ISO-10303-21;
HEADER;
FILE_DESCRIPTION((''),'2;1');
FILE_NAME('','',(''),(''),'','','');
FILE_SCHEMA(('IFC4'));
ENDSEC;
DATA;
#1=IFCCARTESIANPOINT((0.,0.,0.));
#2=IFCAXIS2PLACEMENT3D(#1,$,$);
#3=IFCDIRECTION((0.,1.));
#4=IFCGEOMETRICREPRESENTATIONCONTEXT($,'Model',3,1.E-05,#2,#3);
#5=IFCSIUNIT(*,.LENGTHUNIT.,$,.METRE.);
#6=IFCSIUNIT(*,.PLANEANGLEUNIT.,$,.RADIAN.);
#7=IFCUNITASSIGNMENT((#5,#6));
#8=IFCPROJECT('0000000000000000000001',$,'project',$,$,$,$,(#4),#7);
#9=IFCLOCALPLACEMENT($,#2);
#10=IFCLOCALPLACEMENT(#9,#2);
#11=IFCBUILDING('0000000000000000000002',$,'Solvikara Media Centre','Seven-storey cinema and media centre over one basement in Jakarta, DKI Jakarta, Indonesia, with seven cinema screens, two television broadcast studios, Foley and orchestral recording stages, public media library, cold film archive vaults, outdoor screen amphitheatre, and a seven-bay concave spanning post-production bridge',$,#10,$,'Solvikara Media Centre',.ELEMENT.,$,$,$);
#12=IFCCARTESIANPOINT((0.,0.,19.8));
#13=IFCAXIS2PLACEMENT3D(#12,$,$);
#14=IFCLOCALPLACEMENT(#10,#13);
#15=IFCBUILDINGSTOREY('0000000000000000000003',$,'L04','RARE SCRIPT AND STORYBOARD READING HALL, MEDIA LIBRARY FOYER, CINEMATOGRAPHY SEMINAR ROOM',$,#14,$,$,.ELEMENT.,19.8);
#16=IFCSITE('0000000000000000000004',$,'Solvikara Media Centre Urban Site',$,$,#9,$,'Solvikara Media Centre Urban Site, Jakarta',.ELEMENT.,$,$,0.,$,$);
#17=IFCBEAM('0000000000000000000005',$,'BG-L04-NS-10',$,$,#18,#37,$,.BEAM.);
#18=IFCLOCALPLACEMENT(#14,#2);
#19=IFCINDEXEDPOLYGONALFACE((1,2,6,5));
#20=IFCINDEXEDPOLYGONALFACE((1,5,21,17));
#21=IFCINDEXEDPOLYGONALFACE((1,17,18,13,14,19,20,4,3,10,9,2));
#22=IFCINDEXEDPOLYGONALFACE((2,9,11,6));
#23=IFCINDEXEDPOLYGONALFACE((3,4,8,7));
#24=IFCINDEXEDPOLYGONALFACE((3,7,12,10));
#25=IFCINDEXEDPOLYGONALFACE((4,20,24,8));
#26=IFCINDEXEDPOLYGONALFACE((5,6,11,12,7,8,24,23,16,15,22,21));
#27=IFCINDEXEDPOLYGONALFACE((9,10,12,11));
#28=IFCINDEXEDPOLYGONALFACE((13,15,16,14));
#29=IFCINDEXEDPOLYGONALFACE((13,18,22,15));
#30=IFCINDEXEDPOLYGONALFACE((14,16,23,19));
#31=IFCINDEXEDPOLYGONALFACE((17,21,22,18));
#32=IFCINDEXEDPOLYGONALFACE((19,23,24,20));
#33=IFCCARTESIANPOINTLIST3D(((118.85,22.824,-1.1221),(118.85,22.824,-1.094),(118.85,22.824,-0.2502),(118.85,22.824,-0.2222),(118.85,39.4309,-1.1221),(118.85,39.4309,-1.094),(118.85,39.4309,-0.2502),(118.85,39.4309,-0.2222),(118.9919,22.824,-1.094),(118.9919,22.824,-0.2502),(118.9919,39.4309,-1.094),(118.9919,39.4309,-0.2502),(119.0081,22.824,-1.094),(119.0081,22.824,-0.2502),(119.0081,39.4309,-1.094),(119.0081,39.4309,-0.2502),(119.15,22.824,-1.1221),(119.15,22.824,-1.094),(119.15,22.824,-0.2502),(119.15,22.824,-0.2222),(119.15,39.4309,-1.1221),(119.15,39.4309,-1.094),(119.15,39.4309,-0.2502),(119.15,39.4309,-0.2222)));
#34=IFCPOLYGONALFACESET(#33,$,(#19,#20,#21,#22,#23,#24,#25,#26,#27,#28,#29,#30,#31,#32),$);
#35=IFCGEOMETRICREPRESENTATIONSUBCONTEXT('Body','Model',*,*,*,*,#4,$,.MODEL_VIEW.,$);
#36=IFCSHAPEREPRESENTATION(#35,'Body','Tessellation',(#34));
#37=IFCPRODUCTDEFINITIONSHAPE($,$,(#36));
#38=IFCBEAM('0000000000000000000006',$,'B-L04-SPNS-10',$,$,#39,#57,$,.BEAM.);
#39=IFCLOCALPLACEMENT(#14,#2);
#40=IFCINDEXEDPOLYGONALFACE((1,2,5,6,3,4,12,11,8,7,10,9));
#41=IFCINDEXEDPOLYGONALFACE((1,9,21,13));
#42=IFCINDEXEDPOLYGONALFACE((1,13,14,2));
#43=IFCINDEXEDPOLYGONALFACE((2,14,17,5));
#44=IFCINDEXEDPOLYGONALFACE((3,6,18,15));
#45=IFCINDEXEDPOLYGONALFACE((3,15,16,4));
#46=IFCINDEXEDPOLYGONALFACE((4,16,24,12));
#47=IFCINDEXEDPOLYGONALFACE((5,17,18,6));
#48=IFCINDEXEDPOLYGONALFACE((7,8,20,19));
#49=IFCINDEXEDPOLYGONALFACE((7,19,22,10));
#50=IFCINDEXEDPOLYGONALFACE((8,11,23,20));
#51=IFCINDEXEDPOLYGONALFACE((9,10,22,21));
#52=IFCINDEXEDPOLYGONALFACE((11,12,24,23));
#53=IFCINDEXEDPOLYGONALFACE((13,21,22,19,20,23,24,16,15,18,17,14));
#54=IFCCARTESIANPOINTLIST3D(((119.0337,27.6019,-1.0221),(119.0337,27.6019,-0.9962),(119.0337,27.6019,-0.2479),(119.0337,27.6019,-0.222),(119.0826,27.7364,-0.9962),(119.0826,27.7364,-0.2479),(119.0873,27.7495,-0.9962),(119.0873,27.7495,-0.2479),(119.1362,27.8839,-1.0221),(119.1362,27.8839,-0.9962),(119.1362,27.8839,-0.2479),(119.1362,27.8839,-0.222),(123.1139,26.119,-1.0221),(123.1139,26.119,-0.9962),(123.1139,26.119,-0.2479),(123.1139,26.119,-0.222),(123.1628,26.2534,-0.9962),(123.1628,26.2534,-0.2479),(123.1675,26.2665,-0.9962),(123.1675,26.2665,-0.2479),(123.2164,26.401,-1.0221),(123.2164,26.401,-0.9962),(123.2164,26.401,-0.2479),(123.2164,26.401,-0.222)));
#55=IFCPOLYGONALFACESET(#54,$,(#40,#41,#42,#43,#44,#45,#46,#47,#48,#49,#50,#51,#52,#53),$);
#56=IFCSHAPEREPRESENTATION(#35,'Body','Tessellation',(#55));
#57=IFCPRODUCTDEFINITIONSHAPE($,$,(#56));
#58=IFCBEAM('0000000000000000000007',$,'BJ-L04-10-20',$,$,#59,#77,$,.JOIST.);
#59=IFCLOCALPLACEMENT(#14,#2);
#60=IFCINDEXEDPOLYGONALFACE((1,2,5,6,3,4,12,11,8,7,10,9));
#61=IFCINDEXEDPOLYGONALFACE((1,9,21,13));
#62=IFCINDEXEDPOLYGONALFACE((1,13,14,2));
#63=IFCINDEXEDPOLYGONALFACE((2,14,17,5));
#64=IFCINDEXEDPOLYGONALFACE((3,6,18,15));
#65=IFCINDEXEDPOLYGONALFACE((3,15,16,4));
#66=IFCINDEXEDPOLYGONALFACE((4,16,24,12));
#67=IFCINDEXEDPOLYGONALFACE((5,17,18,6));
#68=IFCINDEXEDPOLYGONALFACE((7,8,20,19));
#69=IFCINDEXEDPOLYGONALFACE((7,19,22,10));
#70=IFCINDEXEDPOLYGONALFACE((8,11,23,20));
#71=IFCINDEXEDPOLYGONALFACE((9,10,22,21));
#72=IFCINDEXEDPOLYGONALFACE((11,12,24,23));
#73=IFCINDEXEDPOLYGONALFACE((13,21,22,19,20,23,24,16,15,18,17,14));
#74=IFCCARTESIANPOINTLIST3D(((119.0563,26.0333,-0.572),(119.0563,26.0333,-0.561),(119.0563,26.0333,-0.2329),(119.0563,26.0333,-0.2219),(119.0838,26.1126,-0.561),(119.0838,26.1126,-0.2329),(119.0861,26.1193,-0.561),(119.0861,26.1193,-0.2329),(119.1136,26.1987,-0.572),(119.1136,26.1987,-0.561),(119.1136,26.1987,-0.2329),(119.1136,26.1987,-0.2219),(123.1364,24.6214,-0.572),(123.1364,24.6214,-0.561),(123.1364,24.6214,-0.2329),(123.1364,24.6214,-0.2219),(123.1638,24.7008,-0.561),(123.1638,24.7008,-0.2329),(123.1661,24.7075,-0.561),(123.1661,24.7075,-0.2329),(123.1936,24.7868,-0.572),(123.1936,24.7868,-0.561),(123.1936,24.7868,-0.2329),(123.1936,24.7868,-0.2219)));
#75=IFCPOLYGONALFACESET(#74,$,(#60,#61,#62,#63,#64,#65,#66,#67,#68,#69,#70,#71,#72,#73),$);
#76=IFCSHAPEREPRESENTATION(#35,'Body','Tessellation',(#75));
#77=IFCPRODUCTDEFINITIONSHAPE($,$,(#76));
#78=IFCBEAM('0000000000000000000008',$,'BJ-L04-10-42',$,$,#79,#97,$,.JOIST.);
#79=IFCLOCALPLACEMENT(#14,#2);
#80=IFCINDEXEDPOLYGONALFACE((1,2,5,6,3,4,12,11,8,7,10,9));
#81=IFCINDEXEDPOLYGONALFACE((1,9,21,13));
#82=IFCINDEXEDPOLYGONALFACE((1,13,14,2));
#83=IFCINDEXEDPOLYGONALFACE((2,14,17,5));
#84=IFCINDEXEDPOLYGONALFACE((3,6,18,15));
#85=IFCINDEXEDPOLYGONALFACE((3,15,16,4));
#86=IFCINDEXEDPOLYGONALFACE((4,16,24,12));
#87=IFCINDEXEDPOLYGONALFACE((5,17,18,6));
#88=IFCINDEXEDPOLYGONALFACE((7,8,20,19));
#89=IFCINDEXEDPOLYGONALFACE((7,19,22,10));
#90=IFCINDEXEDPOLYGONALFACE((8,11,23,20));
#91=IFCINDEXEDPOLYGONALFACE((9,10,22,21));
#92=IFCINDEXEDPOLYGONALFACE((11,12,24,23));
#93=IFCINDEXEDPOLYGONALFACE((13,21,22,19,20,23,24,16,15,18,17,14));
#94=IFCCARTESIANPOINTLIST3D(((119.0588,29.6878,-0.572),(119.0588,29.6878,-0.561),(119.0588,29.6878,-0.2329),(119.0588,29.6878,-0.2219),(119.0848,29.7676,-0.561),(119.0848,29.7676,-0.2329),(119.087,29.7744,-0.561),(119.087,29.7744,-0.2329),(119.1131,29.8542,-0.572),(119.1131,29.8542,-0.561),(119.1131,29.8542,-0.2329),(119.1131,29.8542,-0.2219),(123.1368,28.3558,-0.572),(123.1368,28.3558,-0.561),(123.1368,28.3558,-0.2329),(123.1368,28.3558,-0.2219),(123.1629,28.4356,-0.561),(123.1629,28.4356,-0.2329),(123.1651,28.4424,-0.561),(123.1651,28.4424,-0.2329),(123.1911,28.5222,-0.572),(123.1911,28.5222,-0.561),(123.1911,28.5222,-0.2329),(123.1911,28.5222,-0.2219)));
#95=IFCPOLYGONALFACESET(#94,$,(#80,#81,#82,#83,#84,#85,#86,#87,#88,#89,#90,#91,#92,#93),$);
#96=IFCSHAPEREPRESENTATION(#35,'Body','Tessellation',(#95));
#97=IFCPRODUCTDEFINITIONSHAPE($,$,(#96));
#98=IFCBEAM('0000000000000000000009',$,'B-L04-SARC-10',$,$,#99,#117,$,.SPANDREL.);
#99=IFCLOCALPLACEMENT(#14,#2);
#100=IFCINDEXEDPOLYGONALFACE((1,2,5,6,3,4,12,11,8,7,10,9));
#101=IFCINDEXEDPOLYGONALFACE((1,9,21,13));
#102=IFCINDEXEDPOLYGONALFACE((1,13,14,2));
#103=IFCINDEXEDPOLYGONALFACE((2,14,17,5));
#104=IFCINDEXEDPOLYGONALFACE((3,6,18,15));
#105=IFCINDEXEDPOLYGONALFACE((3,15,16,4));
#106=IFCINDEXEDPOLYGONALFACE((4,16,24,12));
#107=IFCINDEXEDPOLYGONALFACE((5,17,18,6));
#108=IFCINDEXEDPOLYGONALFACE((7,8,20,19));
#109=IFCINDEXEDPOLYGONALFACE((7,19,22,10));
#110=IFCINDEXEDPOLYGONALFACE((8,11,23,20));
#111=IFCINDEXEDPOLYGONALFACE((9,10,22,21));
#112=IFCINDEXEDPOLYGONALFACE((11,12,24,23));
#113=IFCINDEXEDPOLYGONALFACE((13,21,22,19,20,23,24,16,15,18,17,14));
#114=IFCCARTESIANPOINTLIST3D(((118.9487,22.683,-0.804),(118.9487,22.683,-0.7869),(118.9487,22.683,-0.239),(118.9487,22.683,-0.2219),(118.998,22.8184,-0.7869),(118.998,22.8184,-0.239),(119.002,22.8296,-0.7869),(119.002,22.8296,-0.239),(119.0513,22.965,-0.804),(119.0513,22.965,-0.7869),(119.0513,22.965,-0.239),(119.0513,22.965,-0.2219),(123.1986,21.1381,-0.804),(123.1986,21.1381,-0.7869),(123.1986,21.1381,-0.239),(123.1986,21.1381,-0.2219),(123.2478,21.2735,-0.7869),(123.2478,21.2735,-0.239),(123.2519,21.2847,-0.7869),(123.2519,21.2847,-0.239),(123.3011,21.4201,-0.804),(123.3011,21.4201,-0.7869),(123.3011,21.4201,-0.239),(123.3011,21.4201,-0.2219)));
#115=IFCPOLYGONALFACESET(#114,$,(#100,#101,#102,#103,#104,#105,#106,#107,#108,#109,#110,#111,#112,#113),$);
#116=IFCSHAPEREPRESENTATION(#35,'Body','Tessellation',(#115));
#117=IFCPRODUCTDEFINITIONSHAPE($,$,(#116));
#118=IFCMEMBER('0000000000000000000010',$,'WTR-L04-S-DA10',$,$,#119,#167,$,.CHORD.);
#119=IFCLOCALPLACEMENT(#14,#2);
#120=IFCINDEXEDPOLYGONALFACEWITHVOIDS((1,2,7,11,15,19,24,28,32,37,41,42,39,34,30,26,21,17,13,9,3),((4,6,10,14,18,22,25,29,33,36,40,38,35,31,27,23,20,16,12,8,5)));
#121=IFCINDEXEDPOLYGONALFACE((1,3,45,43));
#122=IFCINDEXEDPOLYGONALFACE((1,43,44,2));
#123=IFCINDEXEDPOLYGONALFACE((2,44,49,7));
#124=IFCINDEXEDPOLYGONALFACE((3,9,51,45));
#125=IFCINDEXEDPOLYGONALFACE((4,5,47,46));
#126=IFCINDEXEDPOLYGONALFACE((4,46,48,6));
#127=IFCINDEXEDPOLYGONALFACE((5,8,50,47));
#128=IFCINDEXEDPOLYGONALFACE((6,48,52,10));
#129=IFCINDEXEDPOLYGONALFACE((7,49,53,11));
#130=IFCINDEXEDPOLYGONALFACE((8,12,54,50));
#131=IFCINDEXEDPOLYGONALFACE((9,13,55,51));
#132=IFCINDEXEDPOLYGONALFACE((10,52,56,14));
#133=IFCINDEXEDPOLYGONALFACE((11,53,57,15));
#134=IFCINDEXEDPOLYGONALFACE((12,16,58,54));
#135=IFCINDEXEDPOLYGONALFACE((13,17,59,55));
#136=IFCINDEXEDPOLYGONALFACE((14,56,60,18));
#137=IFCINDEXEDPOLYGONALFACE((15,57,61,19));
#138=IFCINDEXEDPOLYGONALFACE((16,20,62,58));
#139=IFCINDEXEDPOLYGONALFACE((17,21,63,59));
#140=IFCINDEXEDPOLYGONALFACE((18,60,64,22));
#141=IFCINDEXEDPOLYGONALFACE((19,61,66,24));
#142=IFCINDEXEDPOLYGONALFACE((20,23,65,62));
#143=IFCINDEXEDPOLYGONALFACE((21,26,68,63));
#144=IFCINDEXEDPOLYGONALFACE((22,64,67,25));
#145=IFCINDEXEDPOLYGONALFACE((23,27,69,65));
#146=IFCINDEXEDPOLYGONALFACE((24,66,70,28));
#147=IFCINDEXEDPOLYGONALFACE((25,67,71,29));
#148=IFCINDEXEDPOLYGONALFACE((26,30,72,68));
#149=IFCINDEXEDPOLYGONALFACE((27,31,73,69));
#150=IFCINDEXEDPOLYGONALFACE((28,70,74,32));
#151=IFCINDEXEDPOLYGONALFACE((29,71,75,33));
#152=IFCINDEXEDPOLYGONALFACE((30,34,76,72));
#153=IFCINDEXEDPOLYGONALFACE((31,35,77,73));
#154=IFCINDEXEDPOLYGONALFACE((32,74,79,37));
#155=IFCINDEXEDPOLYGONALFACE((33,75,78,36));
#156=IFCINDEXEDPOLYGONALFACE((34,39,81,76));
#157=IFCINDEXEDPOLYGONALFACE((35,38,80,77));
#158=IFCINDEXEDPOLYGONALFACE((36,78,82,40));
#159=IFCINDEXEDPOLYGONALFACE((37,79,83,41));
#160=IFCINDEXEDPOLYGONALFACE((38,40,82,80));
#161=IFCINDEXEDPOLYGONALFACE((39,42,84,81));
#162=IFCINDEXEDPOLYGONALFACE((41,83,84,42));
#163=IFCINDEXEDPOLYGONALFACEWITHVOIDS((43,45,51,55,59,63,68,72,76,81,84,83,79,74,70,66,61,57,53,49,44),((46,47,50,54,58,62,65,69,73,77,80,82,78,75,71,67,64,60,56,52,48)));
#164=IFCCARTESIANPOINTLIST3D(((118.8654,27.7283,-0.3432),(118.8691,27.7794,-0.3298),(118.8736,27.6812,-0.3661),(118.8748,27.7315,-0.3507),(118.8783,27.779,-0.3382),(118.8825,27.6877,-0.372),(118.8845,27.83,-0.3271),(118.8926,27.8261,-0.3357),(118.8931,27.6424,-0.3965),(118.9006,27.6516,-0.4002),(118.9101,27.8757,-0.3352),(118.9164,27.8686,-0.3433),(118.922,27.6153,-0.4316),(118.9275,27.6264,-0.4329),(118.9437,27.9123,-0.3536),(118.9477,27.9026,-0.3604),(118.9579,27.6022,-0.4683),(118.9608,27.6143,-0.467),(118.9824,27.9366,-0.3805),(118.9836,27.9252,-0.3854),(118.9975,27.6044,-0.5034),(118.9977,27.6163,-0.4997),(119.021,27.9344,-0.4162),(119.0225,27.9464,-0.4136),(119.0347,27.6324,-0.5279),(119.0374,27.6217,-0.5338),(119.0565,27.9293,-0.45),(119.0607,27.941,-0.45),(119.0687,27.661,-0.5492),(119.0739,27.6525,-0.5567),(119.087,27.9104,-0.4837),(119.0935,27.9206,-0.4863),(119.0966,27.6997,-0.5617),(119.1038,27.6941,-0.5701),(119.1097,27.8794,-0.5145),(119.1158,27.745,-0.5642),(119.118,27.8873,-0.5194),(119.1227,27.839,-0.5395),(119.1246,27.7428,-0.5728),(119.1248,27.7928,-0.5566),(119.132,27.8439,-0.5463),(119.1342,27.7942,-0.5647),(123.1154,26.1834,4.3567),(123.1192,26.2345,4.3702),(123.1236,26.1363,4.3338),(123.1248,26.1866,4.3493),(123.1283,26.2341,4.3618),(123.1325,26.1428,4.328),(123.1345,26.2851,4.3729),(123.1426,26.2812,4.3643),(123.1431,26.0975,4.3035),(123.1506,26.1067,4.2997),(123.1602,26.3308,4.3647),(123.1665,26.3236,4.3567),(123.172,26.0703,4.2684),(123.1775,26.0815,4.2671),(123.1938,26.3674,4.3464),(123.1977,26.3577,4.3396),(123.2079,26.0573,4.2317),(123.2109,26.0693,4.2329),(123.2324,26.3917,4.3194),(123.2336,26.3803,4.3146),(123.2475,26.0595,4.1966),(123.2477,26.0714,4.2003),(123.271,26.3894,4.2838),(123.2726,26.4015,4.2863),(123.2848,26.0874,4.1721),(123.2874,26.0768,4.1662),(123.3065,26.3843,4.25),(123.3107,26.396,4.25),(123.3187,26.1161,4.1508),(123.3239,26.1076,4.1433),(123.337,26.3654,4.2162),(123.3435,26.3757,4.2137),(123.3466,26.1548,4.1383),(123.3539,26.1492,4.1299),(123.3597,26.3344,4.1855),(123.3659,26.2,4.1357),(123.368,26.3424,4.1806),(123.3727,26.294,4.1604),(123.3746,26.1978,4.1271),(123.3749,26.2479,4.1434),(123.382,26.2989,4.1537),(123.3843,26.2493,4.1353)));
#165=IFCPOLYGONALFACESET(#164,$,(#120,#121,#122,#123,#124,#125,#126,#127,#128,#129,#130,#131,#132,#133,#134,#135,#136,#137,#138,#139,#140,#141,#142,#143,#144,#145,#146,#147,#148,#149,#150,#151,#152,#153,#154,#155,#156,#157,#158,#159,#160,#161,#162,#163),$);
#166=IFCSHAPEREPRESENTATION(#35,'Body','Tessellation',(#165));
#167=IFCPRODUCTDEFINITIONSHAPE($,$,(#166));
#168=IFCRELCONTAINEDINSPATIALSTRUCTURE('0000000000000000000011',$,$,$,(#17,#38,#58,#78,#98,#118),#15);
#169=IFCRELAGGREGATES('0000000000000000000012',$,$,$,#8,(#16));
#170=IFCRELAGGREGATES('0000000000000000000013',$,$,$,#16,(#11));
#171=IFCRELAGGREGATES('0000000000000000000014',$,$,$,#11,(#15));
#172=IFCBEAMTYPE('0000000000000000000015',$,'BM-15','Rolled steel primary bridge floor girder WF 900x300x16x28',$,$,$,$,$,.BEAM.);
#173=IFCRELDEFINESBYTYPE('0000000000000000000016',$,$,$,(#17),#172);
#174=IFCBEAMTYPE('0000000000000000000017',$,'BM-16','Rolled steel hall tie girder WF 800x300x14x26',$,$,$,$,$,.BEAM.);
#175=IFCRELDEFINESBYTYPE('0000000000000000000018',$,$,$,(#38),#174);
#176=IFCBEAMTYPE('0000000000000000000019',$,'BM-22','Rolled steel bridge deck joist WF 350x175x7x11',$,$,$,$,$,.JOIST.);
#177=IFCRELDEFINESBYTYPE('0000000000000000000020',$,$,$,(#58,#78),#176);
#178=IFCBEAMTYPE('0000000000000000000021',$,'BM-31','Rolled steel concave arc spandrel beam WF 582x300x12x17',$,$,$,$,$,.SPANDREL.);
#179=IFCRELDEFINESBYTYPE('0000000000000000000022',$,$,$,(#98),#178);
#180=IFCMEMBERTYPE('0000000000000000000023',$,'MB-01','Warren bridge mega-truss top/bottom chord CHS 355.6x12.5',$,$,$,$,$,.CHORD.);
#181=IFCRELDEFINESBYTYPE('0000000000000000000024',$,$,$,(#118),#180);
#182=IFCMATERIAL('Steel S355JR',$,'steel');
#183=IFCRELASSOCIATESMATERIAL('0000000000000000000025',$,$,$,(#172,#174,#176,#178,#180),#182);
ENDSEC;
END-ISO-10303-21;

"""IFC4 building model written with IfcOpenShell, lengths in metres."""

from ifc_helpers import new_model, si_unit, direction, frame, origin, origin_2d, place, context, subcontext, project, spatial, hollow_circle, i_section, extrude, material, material_profile, profile_set, type_object, element, save


model = new_model("IFC4")

# Units and contexts
model_context = context("Model", 3, precision=1e-05, world=origin(), true_north=direction((0.0, 1.0)))
body_context = subcontext(model_context, "Body", "Model", "MODEL_VIEW")
ifc_project = project(units=[si_unit("LENGTHUNIT", "METRE"), si_unit("PLANEANGLEUNIT", "RADIAN")], contexts=[model_context])

# Site, building, storey
site_placement = place(None, origin())
site = spatial("IfcSite", under=ifc_project, at=site_placement, Name="Solvikara Media Centre Urban Site", LongName="Solvikara Media Centre Urban Site, Jakarta", CompositionType="ELEMENT", RefElevation=0.0)
building_placement = place(site_placement, origin())
building = spatial("IfcBuilding", under=site, at=building_placement, Name="Solvikara Media Centre", Description="Seven-storey cinema and media centre over one basement in Jakarta, DKI Jakarta, Indonesia, with seven cinema screens, two television broadcast studios, Foley and orchestral recording stages, public media library, cold film archive vaults, outdoor screen amphitheatre, and a seven-bay concave spanning post-production bridge", LongName="Solvikara Media Centre", CompositionType="ELEMENT")
storey_placement = place(building_placement, frame((0.0, 0.0, 19.8)))
storey = spatial("IfcBuildingStorey", under=building, at=storey_placement, Name="L04", Description="RARE SCRIPT AND STORYBOARD READING HALL, MEDIA LIBRARY FOYER, CINEMATOGRAPHY SEMINAR ROOM", CompositionType="ELEMENT", Elevation=19.8)

# Beams
ifc_material_1 = material(Name="Steel S355JR", Category="steel")
ifc_material_profile_1 = material_profile(ifc_material_1, i_section(OverallWidth=0.3, OverallDepth=0.8999, WebThickness=0.0161, FlangeThickness=0.0281, at=origin_2d()), Name="WF 900x300x16x28")
ifc_profile_set_1 = profile_set([ifc_material_profile_1], Name="Steel S355JR")
beam_type_1 = type_object("IfcBeamType", Name="BM-15", Description="Rolled steel primary bridge floor girder WF 900x300x16x28", PredefinedType="BEAM", material=ifc_profile_set_1)
beam_1_placement = place(storey_placement, frame((119.0, 22.824, -0.6721), z_axis=(0.0, 1.0, 0.0), x_axis=(-1.0, 0.0, 0.0)))
element("IfcBeam", 1, at=beam_1_placement, inside=storey, type_object=beam_type_1, Name="BG-L04-NS-10", PredefinedType="BEAM", context=body_context, shape_type="SweptSolid", body=[
    extrude(i_section(OverallWidth=0.3, OverallDepth=0.8999, WebThickness=0.0161, FlangeThickness=0.0281, at=origin_2d()), origin(), (0.0, 0.0, 1.0), 16.6069),
])
ifc_material_profile_2 = material_profile(ifc_material_1, i_section(OverallWidth=0.3, OverallDepth=0.8, WebThickness=0.0139, FlangeThickness=0.0259, at=origin_2d()), Name="WF 800x300x14x26")
ifc_profile_set_2 = profile_set([ifc_material_profile_2], Name="Steel S355JR")
beam_type_2 = type_object("IfcBeamType", Name="BM-16", Description="Rolled steel hall tie girder WF 800x300x14x26", PredefinedType="BEAM", material=ifc_profile_set_2)
beam_2_placement = place(storey_placement, frame((119.085, 27.7429, -0.6221), z_axis=(0.939849, -0.34159, 0.0), x_axis=(0.34159, 0.939849, 0.0)))
element("IfcBeam", 2, at=beam_2_placement, inside=storey, type_object=beam_type_2, Name="B-L04-SPNS-10", PredefinedType="BEAM", context=body_context, shape_type="SweptSolid", body=[
    extrude(i_section(OverallWidth=0.3, OverallDepth=0.8, WebThickness=0.0139, FlangeThickness=0.0259, at=origin_2d()), origin(), (0.0, 0.0, 1.0), 4.3413),
])
ifc_material_profile_3 = material_profile(ifc_material_1, i_section(OverallWidth=0.175, OverallDepth=0.3501, WebThickness=0.0071, FlangeThickness=0.011, at=origin_2d()), Name="WF 350x175x7x11")
ifc_profile_set_3 = profile_set([ifc_material_profile_3], Name="Steel S355JR")
beam_type_3 = type_object("IfcBeamType", Name="BM-22", Description="Rolled steel bridge deck joist WF 350x175x7x11", PredefinedType="JOIST", material=ifc_profile_set_3)
beam_3_placement = place(storey_placement, frame((119.085, 26.116, -0.397), z_axis=(0.94502, -0.327013, 0.0), x_axis=(0.327013, 0.94502, 0.0)))
element("IfcBeam", 3, at=beam_3_placement, inside=storey, type_object=beam_type_3, Name="BJ-L04-10-20", PredefinedType="JOIST", context=body_context, shape_type="SweptSolid", body=[
    extrude(i_section(OverallWidth=0.175, OverallDepth=0.3501, WebThickness=0.0071, FlangeThickness=0.011, at=origin_2d()), origin(), (0.0, 0.0, 1.0), 4.3174),
])
beam_4_placement = place(storey_placement, frame((119.0859, 29.771, -0.397), z_axis=(0.950578, -0.310486, 0.0), x_axis=(0.310486, 0.950578, 0.0)))
element("IfcBeam", 4, at=beam_4_placement, inside=storey, type_object=beam_type_3, Name="BJ-L04-10-42", PredefinedType="JOIST", context=body_context, shape_type="SweptSolid", body=[
    extrude(i_section(OverallWidth=0.175, OverallDepth=0.3501, WebThickness=0.0071, FlangeThickness=0.011, at=origin_2d()), origin(), (0.0, 0.0, 1.0), 4.29),
])
ifc_material_profile_4 = material_profile(ifc_material_1, i_section(OverallWidth=0.3, OverallDepth=0.582, WebThickness=0.012, FlangeThickness=0.0171, at=origin_2d()), Name="WF 582x300x12x17")
ifc_profile_set_4 = profile_set([ifc_material_profile_4], Name="Steel S355JR")
beam_type_4 = type_object("IfcBeamType", Name="BM-31", Description="Rolled steel concave arc spandrel beam WF 582x300x12x17", PredefinedType="SPANDREL", material=ifc_profile_set_4)
beam_5_placement = place(storey_placement, frame((119.0, 22.824, -0.5129), z_axis=(0.939831, -0.341639, 0.0), x_axis=(0.341639, 0.939831, 0.0)))
element("IfcBeam", 5, at=beam_5_placement, inside=storey, type_object=beam_type_4, Name="B-L04-SARC-10", PredefinedType="SPANDREL", context=body_context, shape_type="SweptSolid", body=[
    extrude(i_section(OverallWidth=0.3, OverallDepth=0.582, WebThickness=0.012, FlangeThickness=0.0171, at=origin_2d()), origin(), (0.0, 0.0, 1.0), 4.522),
])

# Member
ifc_material_profile_5 = material_profile(ifc_material_1, hollow_circle(Radius=0.1777, WallThickness=0.0125, at=origin_2d()), Name="CHS 355.6x12.5")
ifc_profile_set_5 = profile_set([ifc_material_profile_5], Name="Steel S355JR")
member_type_1 = type_object("IfcMemberType", Name="MB-01", Description="Warren bridge mega-truss top/bottom chord CHS 355.6x12.5", PredefinedType="CHORD", material=ifc_profile_set_5)
member_1_placement = place(storey_placement, frame((119.0, 27.7739, -0.45), z_axis=(0.651623, -0.236872, 0.720611), x_axis=(0.341639, 0.939831, 0.0)))
element("IfcMember", 6, at=member_1_placement, inside=storey, type_object=member_type_1, Name="WTR-L04-S-DA10", PredefinedType="CHORD", context=body_context, shape_type="SweptSolid", body=[
    extrude(hollow_circle(Radius=0.1777, WallThickness=0.0125, at=origin_2d()), origin(), (0.0, 0.0, 1.0), 6.5222),
])

save(model, "model.ifc")
